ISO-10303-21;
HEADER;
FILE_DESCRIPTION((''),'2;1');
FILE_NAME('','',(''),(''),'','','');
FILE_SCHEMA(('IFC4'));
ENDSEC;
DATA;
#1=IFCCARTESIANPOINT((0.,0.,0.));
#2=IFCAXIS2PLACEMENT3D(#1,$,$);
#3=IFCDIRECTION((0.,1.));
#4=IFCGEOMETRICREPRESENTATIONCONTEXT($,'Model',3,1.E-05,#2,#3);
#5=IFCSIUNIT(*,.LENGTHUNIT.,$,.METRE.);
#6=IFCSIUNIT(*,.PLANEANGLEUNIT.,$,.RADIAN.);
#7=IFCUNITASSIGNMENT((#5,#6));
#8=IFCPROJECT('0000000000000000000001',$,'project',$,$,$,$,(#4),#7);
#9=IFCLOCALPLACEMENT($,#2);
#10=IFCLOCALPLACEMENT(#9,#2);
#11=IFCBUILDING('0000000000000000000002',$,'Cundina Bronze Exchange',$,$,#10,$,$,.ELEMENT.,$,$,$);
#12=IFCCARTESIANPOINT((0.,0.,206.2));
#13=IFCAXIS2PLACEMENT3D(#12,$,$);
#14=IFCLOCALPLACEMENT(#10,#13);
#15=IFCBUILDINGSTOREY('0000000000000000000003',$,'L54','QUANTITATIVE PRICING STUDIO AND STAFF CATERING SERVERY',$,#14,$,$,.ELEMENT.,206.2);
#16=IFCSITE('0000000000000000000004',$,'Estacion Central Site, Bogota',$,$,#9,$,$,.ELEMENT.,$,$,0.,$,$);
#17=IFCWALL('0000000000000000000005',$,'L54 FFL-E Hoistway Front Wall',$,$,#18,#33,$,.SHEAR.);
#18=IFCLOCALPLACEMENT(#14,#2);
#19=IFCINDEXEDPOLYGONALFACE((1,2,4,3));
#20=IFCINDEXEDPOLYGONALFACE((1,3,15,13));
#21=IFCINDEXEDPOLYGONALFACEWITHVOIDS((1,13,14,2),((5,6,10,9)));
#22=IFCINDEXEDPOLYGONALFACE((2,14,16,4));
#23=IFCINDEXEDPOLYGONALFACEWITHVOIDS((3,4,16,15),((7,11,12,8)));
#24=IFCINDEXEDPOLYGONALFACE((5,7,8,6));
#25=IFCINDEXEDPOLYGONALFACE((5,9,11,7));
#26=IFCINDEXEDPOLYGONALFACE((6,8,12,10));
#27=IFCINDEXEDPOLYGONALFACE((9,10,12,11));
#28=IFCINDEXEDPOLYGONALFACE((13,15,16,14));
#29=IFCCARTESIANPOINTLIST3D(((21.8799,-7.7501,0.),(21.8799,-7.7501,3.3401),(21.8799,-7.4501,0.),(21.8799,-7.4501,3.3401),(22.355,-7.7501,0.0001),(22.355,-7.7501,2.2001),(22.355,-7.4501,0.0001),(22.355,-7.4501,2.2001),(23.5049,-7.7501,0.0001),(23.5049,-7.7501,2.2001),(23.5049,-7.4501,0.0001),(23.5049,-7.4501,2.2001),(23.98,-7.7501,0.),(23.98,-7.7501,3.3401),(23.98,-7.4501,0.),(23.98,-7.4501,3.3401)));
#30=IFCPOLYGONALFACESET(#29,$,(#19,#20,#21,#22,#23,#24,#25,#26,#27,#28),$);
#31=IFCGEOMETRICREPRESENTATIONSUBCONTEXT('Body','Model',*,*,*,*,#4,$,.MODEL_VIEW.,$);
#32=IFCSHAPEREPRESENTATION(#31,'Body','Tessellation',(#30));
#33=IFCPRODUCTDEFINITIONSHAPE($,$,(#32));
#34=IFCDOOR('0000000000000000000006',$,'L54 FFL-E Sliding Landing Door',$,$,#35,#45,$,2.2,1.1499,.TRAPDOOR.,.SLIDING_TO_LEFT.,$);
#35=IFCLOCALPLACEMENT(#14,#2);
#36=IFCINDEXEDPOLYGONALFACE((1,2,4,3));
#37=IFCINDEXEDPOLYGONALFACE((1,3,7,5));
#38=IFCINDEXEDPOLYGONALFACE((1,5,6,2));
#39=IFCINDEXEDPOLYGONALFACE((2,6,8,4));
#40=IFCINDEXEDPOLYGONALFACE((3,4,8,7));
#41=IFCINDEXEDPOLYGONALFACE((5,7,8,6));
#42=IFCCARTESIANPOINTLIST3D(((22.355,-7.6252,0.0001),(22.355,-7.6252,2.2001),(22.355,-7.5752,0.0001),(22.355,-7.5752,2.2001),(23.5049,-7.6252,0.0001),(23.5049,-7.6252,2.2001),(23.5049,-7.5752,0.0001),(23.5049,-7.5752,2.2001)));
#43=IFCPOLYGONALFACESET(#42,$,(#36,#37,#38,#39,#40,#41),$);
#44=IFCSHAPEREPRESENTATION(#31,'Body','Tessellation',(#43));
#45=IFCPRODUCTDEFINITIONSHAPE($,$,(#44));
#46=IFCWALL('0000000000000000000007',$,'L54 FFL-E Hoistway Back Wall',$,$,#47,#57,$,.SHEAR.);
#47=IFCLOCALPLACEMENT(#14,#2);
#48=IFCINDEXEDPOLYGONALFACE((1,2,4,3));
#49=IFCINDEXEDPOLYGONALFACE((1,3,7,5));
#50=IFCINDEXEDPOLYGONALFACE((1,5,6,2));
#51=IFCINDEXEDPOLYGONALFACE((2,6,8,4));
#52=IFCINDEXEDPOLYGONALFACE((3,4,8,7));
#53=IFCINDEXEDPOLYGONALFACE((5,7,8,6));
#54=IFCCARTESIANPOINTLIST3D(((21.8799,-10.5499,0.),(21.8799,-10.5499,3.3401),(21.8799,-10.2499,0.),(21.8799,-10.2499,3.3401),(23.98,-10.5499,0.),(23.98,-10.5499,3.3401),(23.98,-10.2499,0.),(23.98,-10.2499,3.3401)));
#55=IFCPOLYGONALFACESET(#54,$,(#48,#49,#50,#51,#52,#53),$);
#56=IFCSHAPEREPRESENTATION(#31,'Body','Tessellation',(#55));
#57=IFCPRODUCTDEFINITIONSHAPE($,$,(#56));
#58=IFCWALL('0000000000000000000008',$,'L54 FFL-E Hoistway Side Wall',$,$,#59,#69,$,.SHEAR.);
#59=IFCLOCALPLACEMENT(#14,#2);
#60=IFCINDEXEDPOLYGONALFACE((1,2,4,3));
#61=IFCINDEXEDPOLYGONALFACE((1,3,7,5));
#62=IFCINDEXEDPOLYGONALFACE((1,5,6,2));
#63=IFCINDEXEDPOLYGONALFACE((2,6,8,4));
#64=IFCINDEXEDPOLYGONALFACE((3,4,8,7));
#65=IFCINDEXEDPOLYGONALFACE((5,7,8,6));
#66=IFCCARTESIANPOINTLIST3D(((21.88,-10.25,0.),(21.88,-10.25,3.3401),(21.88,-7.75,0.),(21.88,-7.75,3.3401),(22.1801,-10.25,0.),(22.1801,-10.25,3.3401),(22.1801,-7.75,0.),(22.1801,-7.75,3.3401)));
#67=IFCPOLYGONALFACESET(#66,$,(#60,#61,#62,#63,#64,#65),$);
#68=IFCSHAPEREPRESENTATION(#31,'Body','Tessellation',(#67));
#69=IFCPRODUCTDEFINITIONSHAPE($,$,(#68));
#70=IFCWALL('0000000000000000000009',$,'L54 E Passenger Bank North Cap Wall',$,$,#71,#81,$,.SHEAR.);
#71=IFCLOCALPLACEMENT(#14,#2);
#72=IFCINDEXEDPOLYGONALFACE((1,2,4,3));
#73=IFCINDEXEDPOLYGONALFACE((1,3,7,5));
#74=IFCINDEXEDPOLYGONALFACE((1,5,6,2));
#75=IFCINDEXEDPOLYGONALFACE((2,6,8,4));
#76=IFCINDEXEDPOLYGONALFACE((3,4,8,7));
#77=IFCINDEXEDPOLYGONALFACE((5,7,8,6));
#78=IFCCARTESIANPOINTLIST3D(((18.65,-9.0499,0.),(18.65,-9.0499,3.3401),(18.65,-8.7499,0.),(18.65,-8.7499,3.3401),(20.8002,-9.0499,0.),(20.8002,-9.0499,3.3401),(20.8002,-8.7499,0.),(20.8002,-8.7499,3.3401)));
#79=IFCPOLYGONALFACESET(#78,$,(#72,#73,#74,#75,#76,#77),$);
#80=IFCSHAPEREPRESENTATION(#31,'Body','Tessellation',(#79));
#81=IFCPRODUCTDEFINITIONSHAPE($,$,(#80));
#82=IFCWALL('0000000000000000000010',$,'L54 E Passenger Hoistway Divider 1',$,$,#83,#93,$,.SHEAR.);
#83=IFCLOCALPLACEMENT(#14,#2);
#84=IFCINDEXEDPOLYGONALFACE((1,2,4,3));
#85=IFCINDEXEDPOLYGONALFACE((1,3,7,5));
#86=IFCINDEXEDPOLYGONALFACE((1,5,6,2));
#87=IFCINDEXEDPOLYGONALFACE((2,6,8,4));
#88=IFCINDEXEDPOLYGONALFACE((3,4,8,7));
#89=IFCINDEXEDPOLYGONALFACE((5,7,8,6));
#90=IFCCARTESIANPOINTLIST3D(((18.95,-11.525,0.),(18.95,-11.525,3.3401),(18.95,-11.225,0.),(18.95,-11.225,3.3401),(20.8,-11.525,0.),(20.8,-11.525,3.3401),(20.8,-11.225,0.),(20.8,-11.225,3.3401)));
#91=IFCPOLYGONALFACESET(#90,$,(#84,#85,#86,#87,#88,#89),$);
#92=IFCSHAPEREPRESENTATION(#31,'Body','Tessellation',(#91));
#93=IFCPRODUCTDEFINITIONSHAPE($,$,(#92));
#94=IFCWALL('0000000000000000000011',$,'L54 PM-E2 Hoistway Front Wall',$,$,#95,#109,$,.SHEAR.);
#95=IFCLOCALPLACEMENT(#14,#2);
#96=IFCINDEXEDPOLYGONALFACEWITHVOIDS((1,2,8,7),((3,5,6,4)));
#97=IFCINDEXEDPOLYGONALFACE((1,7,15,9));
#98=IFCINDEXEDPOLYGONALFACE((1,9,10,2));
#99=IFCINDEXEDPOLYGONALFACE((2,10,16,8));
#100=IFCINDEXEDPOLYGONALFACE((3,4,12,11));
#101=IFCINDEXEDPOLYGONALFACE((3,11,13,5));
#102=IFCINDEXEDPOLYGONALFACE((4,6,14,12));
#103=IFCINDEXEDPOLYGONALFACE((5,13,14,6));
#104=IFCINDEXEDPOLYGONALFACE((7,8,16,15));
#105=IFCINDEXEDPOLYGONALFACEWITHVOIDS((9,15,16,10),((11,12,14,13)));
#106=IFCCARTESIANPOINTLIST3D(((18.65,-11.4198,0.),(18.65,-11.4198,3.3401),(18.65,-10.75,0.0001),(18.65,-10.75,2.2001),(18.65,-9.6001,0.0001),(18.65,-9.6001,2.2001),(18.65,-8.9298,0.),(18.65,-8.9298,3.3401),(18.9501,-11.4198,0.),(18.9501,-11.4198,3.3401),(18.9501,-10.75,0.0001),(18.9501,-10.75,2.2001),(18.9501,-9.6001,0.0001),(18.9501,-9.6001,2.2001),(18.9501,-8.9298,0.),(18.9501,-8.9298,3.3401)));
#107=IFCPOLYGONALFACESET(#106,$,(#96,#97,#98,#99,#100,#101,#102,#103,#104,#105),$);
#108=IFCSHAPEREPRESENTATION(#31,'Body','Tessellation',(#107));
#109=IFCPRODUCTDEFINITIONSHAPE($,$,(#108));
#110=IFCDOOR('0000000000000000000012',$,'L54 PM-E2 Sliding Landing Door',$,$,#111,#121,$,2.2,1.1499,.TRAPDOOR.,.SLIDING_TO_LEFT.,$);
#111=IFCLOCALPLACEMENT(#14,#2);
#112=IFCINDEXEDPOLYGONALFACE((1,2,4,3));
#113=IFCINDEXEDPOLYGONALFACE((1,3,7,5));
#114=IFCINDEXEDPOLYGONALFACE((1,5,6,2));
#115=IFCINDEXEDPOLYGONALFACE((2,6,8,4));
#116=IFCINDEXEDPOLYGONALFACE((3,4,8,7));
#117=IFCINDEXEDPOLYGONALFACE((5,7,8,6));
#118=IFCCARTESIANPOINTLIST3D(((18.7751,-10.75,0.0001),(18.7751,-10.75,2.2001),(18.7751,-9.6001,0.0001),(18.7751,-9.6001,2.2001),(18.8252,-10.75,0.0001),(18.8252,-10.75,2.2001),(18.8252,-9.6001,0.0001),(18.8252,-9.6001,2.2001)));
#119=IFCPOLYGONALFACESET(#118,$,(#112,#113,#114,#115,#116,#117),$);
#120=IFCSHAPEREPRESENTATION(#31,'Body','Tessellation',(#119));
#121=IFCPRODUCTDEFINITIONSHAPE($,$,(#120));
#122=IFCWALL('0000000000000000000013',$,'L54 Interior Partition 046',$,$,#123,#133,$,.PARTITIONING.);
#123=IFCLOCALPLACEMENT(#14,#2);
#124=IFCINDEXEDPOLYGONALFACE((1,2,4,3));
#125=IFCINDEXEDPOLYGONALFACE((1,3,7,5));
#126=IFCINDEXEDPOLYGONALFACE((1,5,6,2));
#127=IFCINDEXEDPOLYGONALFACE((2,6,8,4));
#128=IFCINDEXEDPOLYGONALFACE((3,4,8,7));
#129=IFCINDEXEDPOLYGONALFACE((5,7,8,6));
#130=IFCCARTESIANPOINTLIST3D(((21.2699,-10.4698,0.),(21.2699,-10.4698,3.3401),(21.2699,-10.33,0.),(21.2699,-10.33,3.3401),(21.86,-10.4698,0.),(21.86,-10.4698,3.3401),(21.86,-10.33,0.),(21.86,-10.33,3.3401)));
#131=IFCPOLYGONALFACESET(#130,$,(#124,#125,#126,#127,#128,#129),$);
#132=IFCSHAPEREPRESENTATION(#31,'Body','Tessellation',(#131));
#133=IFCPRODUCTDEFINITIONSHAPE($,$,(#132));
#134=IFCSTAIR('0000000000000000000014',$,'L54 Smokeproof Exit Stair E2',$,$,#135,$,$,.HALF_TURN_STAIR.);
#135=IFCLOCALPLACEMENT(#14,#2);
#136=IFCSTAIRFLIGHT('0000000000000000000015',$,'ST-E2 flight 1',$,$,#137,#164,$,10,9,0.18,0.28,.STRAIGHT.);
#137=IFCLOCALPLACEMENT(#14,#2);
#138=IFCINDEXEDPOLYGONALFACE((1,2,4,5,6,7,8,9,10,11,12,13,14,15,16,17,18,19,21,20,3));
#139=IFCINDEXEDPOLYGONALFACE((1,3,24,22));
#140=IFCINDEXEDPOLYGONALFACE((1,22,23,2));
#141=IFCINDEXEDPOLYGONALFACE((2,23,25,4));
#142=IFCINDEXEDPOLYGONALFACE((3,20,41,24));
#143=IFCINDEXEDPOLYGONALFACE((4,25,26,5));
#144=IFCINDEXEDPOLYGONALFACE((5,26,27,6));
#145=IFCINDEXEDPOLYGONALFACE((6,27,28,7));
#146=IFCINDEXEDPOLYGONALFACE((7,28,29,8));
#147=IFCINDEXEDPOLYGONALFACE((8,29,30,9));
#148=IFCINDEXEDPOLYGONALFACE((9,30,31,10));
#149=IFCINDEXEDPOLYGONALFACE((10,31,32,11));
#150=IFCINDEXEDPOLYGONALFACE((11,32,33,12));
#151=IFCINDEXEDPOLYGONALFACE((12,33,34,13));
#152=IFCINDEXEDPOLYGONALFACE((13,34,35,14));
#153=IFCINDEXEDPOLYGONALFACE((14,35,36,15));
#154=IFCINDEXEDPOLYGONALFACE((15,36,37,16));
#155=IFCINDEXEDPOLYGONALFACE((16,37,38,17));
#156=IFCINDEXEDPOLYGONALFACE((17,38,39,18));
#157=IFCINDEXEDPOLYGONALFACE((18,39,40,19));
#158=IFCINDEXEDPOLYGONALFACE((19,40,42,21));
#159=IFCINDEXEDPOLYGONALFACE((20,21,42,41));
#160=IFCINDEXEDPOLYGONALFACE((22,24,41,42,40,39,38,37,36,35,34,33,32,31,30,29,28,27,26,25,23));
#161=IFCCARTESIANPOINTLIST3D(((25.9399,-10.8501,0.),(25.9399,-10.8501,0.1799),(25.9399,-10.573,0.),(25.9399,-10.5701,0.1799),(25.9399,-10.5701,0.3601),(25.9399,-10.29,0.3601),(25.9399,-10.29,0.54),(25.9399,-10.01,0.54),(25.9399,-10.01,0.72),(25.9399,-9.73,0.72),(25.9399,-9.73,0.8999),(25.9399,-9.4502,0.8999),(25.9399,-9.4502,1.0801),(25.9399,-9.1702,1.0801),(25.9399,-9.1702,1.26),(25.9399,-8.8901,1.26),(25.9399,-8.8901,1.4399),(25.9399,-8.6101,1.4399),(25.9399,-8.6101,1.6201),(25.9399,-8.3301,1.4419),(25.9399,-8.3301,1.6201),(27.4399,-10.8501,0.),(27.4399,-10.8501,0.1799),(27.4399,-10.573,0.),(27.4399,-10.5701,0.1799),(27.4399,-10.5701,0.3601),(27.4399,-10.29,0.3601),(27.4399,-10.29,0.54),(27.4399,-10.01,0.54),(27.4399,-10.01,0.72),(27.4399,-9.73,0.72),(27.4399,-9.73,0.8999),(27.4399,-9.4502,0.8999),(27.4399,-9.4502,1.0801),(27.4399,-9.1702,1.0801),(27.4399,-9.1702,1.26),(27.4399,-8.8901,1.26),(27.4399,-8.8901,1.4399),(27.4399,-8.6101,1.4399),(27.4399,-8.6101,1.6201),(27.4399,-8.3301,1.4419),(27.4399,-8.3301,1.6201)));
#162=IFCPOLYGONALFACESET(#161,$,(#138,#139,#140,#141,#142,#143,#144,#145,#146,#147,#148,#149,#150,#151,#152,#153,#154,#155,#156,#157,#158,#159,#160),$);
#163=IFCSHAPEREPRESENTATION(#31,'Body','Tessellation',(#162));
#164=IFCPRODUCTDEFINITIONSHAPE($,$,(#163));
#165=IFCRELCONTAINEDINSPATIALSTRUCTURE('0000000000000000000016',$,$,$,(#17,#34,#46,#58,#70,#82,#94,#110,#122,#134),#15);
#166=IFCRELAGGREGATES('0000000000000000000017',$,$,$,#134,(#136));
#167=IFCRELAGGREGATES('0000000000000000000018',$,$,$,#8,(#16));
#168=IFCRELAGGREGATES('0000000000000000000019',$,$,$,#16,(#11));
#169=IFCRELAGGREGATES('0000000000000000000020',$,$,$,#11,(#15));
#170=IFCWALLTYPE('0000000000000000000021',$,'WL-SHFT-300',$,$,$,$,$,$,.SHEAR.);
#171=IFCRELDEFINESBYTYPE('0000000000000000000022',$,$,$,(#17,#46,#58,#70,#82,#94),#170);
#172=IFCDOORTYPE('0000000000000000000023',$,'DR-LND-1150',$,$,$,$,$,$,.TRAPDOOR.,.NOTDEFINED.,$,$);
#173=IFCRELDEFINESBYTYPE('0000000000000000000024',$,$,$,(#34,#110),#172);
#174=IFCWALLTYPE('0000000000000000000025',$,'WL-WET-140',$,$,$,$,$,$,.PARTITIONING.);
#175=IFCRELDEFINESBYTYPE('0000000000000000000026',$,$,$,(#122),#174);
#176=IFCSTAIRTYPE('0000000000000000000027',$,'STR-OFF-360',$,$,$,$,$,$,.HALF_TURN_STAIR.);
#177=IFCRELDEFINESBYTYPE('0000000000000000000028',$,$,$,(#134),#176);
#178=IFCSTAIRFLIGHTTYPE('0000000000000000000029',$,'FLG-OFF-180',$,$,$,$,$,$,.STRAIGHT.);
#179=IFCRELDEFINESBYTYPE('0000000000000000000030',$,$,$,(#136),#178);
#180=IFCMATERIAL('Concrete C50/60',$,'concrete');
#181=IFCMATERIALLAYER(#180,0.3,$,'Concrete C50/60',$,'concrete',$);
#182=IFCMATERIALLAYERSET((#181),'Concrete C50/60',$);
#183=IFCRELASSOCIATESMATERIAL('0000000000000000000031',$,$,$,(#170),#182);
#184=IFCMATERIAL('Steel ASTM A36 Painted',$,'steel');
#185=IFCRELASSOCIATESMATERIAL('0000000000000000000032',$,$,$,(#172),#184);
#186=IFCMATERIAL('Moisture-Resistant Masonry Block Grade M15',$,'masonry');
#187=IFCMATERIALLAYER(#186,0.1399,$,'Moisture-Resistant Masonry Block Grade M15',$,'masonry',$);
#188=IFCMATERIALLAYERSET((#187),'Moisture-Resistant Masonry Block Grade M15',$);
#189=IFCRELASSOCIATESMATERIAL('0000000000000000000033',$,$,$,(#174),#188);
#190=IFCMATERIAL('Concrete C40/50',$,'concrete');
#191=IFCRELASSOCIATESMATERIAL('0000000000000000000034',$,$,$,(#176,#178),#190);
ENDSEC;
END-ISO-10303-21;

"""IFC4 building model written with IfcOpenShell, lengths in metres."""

from ifc_helpers import new_model, si_unit, direction, frame, frame_2d, origin, place, context, subcontext, project, spatial, polyline, rectangle, outline, extrude, material, layer, layer_set, type_object, element, fill, aggregate, save


model = new_model("IFC4")

# Units and contexts
model_context = context("Model", 3, precision=1e-05, world=origin(), true_north=direction((0.0, 1.0)))
body_context = subcontext(model_context, "Body", "Model", "MODEL_VIEW")
ifc_project = project(units=[si_unit("LENGTHUNIT", "METRE"), si_unit("PLANEANGLEUNIT", "RADIAN")], contexts=[model_context])

# Site, building, storey
site_placement = place(None, origin())
site = spatial("IfcSite", under=ifc_project, at=site_placement, Name="Estacion Central Site, Bogota", CompositionType="ELEMENT", RefElevation=0.0)
building_placement = place(site_placement, origin())
building = spatial("IfcBuilding", under=site, at=building_placement, Name="Cundina Bronze Exchange", CompositionType="ELEMENT")
storey_placement = place(building_placement, frame((0.0, 0.0, 206.2)))
storey = spatial("IfcBuildingStorey", under=building, at=storey_placement, Name="L54", Description="QUANTITATIVE PRICING STUDIO AND STAFF CATERING SERVERY", CompositionType="ELEMENT", Elevation=206.2)

# Shared definitions
ifc_material_1 = material(Name="Concrete C50/60", Category="concrete")

# Shared definitions
ifc_layer_1 = layer(ifc_material_1, 0.3, Name="Concrete C50/60", Category="concrete")
ifc_layer_set_1 = layer_set([ifc_layer_1], Name="Concrete C50/60")
wall_type_1 = type_object("IfcWallType", Name="WL-SHFT-300", PredefinedType="SHEAR", material=ifc_layer_set_1)

# Wall, opening, door
ifc_material_2 = material(Name="Steel ASTM A36 Painted", Category="steel")
wall_1_placement = place(storey_placement, frame((21.8799, -7.6001, 0.0), z_axis=(0.0, 0.0, 1.0), x_axis=(1.0, 0.0, 0.0)))
wall_1 = element("IfcWall", 1, at=wall_1_placement, inside=storey, type_object=wall_type_1, Name="L54 FFL-E Hoistway Front Wall", PredefinedType="SHEAR", context=body_context, shape_type="SweptSolid", body=[
    extrude(rectangle(XDim=2.1001, YDim=0.3, at=frame_2d((1.05, 0.0))), origin(), (0.0, 0.0, 1.0), 3.3401),
])
opening_1_placement = place(wall_1_placement, frame((0.4751, 0.0, 0.0)))
opening_1 = element("IfcOpeningElement", 2, at=opening_1_placement, cuts=wall_1, PredefinedType="OPENING", context=body_context, shape_type="SweptSolid", body=[
    extrude(rectangle(XDim=1.1499, YDim=2.2, at=frame_2d((0.575, 1.1001))), frame((0.0, 0.1599, 0.0), z_axis=(0.0, -1.0, 0.0), x_axis=(1.0, 0.0, 0.0)), (0.0, 0.0, 1.0), 0.3201),
])
door_type_1 = type_object("IfcDoorType", Name="DR-LND-1150", OperationType="NOTDEFINED", PredefinedType="TRAPDOOR", material=ifc_material_2)
door_1_placement = place(opening_1_placement, origin())
door_1 = element("IfcDoor", 3, at=door_1_placement, inside=storey, type_object=door_type_1, Name="L54 FFL-E Sliding Landing Door", OperationType="SLIDING_TO_LEFT", OverallHeight=2.2, OverallWidth=1.1499, PredefinedType="TRAPDOOR", context=body_context, shape_type="SweptSolid", body=[
    extrude(rectangle(XDim=1.1499, YDim=2.2, at=frame_2d((0.575, 1.1001))), frame((0.0, 0.0249, 0.0), z_axis=(0.0, -1.0, 0.0), x_axis=(1.0, 0.0, 0.0)), (0.0, 0.0, 1.0), 0.05),
])
fill(opening_1, door_1)

# Walls
wall_2_placement = place(storey_placement, frame((21.8799, -10.3999, 0.0), z_axis=(0.0, 0.0, 1.0), x_axis=(1.0, 0.0, 0.0)))
element("IfcWall", 4, at=wall_2_placement, inside=storey, type_object=wall_type_1, Name="L54 FFL-E Hoistway Back Wall", PredefinedType="SHEAR", context=body_context, shape_type="SweptSolid", body=[
    extrude(rectangle(XDim=2.1001, YDim=0.3, at=frame_2d((1.05, 0.0))), origin(), (0.0, 0.0, 1.0), 3.3401),
])
wall_3_placement = place(storey_placement, frame((22.03, -10.25, 0.0), z_axis=(0.0, 0.0, 1.0), x_axis=(0.0, 1.0, 0.0)))
element("IfcWall", 5, at=wall_3_placement, inside=storey, type_object=wall_type_1, Name="L54 FFL-E Hoistway Side Wall", PredefinedType="SHEAR", context=body_context, shape_type="SweptSolid", body=[
    extrude(rectangle(XDim=2.5, YDim=0.3, at=frame_2d((1.25, 0.0))), origin(), (0.0, 0.0, 1.0), 3.3401),
])
wall_4_placement = place(storey_placement, frame((18.6499, -8.8999, 0.0), z_axis=(0.0, 0.0, 1.0), x_axis=(1.0, 0.0, 0.0)))
element("IfcWall", 6, at=wall_4_placement, inside=storey, type_object=wall_type_1, Name="L54 E Passenger Bank North Cap Wall", PredefinedType="SHEAR", context=body_context, shape_type="SweptSolid", body=[
    extrude(rectangle(XDim=2.1501, YDim=0.3, at=frame_2d((1.0752, 0.0))), origin(), (0.0, 0.0, 1.0), 3.3401),
])
wall_5_placement = place(storey_placement, frame((18.95, -11.375, 0.0), z_axis=(0.0, 0.0, 1.0), x_axis=(1.0, 0.0, 0.0)))
element("IfcWall", 7, at=wall_5_placement, inside=storey, type_object=wall_type_1, Name="L54 E Passenger Hoistway Divider 1", PredefinedType="SHEAR", context=body_context, shape_type="SweptSolid", body=[
    extrude(rectangle(XDim=1.8501, YDim=0.3, at=frame_2d((0.925, 0.0))), origin(), (0.0, 0.0, 1.0), 3.3401),
])

# Wall, opening, door
wall_6_placement = place(storey_placement, frame((18.8, -11.4199, 0.0), z_axis=(0.0, 0.0, 1.0), x_axis=(0.0, 1.0, 0.0)))
wall_6 = element("IfcWall", 8, at=wall_6_placement, inside=storey, type_object=wall_type_1, Name="L54 PM-E2 Hoistway Front Wall", PredefinedType="SHEAR", context=body_context, shape_type="SweptSolid", body=[
    extrude(rectangle(XDim=2.49, YDim=0.3, at=frame_2d((1.2451, 0.0))), origin(), (0.0, 0.0, 1.0), 3.3401),
])
opening_2_placement = place(wall_6_placement, frame((0.6699, 0.0, 0.0)))
opening_2 = element("IfcOpeningElement", 9, at=opening_2_placement, cuts=wall_6, PredefinedType="OPENING", context=body_context, shape_type="SweptSolid", body=[
    extrude(rectangle(XDim=1.1499, YDim=2.2, at=frame_2d((0.575, 1.1001))), frame((0.0, 0.1599, 0.0), z_axis=(0.0, -1.0, 0.0), x_axis=(1.0, 0.0, 0.0)), (0.0, 0.0, 1.0), 0.3201),
])
door_2_placement = place(opening_2_placement, origin())
door_2 = element("IfcDoor", 10, at=door_2_placement, inside=storey, type_object=door_type_1, Name="L54 PM-E2 Sliding Landing Door", OperationType="SLIDING_TO_LEFT", OverallHeight=2.2, OverallWidth=1.1499, PredefinedType="TRAPDOOR", context=body_context, shape_type="SweptSolid", body=[
    extrude(rectangle(XDim=1.1499, YDim=2.2, at=frame_2d((0.575, 1.1001))), frame((0.0, 0.0249, 0.0), z_axis=(0.0, -1.0, 0.0), x_axis=(1.0, 0.0, 0.0)), (0.0, 0.0, 1.0), 0.05),
])
fill(opening_2, door_2)

# Wall
ifc_material_3 = material(Name="Moisture-Resistant Masonry Block Grade M15", Category="masonry")
ifc_layer_2 = layer(ifc_material_3, 0.1399, Name="Moisture-Resistant Masonry Block Grade M15", Category="masonry")
ifc_layer_set_2 = layer_set([ifc_layer_2], Name="Moisture-Resistant Masonry Block Grade M15")
wall_type_2 = type_object("IfcWallType", Name="WL-WET-140", PredefinedType="PARTITIONING", material=ifc_layer_set_2)
wall_7_placement = place(storey_placement, frame((21.27, -10.3999, 0.0), z_axis=(0.0, 0.0, 1.0), x_axis=(1.0, 0.0, 0.0)))
element("IfcWall", 11, at=wall_7_placement, inside=storey, type_object=wall_type_2, Name="L54 Interior Partition 046", PredefinedType="PARTITIONING", context=body_context, shape_type="SweptSolid", body=[
    extrude(rectangle(XDim=0.5901, YDim=0.1399, at=frame_2d((0.2949, 0.0))), origin(), (0.0, 0.0, 1.0), 3.3401),
])

# Stair, stair flight
ifc_material_4 = material(Name="Concrete C40/50", Category="concrete")
stair_type = type_object("IfcStairType", Name="STR-OFF-360", PredefinedType="HALF_TURN_STAIR", material=ifc_material_4)
stair_placement = place(storey_placement, origin())
stair = element("IfcStair", 12, at=stair_placement, inside=storey, type_object=stair_type, Name="L54 Smokeproof Exit Stair E2", PredefinedType="HALF_TURN_STAIR")
stair_flight_type = type_object("IfcStairFlightType", Name="FLG-OFF-180", PredefinedType="STRAIGHT", material=ifc_material_4)
stair_flight_1_placement = place(storey_placement, frame((26.6899, -10.8501, 0.0), z_axis=(0.0, 0.0, 1.0), x_axis=(0.0, 1.0, 0.0)))
stair_flight_1 = element("IfcStairFlight", 13, at=stair_flight_1_placement, type_object=stair_flight_type, Name="ST-E2 flight 1", NumberOfRisers=10, NumberOfTreads=9, PredefinedType="STRAIGHT", RiserHeight=0.18, TreadLength=0.28, context=body_context, shape_type="SweptSolid", body=[
    extrude(outline(polyline([(0.0, 0.0), (0.0, 0.1799), (0.28, 0.1799), (0.28, 0.3601), (0.5601, 0.3601), (0.5601, 0.54), (0.8401, 0.54), (0.8401, 0.72), (1.1201, 0.72), (1.1201, 0.8999), (1.3999, 0.8999), (1.3999, 1.0801), (1.6799, 1.0801), (1.6799, 1.26), (1.96, 1.26), (1.96, 1.4399), (2.24, 1.4399), (2.24, 1.6201), (2.52, 1.6201), (2.52, 1.8), (2.52, 1.4419), (0.2771, 0.0), (0.0, 0.0)])), frame((0.0, 0.75, 0.0), z_axis=(0.0, -1.0, 0.0), x_axis=(1.0, 0.0, 0.0)), (0.0, 0.0, 1.0), 1.5),
])
aggregate(stair, [stair_flight_1])

save(model, "model.ifc")
